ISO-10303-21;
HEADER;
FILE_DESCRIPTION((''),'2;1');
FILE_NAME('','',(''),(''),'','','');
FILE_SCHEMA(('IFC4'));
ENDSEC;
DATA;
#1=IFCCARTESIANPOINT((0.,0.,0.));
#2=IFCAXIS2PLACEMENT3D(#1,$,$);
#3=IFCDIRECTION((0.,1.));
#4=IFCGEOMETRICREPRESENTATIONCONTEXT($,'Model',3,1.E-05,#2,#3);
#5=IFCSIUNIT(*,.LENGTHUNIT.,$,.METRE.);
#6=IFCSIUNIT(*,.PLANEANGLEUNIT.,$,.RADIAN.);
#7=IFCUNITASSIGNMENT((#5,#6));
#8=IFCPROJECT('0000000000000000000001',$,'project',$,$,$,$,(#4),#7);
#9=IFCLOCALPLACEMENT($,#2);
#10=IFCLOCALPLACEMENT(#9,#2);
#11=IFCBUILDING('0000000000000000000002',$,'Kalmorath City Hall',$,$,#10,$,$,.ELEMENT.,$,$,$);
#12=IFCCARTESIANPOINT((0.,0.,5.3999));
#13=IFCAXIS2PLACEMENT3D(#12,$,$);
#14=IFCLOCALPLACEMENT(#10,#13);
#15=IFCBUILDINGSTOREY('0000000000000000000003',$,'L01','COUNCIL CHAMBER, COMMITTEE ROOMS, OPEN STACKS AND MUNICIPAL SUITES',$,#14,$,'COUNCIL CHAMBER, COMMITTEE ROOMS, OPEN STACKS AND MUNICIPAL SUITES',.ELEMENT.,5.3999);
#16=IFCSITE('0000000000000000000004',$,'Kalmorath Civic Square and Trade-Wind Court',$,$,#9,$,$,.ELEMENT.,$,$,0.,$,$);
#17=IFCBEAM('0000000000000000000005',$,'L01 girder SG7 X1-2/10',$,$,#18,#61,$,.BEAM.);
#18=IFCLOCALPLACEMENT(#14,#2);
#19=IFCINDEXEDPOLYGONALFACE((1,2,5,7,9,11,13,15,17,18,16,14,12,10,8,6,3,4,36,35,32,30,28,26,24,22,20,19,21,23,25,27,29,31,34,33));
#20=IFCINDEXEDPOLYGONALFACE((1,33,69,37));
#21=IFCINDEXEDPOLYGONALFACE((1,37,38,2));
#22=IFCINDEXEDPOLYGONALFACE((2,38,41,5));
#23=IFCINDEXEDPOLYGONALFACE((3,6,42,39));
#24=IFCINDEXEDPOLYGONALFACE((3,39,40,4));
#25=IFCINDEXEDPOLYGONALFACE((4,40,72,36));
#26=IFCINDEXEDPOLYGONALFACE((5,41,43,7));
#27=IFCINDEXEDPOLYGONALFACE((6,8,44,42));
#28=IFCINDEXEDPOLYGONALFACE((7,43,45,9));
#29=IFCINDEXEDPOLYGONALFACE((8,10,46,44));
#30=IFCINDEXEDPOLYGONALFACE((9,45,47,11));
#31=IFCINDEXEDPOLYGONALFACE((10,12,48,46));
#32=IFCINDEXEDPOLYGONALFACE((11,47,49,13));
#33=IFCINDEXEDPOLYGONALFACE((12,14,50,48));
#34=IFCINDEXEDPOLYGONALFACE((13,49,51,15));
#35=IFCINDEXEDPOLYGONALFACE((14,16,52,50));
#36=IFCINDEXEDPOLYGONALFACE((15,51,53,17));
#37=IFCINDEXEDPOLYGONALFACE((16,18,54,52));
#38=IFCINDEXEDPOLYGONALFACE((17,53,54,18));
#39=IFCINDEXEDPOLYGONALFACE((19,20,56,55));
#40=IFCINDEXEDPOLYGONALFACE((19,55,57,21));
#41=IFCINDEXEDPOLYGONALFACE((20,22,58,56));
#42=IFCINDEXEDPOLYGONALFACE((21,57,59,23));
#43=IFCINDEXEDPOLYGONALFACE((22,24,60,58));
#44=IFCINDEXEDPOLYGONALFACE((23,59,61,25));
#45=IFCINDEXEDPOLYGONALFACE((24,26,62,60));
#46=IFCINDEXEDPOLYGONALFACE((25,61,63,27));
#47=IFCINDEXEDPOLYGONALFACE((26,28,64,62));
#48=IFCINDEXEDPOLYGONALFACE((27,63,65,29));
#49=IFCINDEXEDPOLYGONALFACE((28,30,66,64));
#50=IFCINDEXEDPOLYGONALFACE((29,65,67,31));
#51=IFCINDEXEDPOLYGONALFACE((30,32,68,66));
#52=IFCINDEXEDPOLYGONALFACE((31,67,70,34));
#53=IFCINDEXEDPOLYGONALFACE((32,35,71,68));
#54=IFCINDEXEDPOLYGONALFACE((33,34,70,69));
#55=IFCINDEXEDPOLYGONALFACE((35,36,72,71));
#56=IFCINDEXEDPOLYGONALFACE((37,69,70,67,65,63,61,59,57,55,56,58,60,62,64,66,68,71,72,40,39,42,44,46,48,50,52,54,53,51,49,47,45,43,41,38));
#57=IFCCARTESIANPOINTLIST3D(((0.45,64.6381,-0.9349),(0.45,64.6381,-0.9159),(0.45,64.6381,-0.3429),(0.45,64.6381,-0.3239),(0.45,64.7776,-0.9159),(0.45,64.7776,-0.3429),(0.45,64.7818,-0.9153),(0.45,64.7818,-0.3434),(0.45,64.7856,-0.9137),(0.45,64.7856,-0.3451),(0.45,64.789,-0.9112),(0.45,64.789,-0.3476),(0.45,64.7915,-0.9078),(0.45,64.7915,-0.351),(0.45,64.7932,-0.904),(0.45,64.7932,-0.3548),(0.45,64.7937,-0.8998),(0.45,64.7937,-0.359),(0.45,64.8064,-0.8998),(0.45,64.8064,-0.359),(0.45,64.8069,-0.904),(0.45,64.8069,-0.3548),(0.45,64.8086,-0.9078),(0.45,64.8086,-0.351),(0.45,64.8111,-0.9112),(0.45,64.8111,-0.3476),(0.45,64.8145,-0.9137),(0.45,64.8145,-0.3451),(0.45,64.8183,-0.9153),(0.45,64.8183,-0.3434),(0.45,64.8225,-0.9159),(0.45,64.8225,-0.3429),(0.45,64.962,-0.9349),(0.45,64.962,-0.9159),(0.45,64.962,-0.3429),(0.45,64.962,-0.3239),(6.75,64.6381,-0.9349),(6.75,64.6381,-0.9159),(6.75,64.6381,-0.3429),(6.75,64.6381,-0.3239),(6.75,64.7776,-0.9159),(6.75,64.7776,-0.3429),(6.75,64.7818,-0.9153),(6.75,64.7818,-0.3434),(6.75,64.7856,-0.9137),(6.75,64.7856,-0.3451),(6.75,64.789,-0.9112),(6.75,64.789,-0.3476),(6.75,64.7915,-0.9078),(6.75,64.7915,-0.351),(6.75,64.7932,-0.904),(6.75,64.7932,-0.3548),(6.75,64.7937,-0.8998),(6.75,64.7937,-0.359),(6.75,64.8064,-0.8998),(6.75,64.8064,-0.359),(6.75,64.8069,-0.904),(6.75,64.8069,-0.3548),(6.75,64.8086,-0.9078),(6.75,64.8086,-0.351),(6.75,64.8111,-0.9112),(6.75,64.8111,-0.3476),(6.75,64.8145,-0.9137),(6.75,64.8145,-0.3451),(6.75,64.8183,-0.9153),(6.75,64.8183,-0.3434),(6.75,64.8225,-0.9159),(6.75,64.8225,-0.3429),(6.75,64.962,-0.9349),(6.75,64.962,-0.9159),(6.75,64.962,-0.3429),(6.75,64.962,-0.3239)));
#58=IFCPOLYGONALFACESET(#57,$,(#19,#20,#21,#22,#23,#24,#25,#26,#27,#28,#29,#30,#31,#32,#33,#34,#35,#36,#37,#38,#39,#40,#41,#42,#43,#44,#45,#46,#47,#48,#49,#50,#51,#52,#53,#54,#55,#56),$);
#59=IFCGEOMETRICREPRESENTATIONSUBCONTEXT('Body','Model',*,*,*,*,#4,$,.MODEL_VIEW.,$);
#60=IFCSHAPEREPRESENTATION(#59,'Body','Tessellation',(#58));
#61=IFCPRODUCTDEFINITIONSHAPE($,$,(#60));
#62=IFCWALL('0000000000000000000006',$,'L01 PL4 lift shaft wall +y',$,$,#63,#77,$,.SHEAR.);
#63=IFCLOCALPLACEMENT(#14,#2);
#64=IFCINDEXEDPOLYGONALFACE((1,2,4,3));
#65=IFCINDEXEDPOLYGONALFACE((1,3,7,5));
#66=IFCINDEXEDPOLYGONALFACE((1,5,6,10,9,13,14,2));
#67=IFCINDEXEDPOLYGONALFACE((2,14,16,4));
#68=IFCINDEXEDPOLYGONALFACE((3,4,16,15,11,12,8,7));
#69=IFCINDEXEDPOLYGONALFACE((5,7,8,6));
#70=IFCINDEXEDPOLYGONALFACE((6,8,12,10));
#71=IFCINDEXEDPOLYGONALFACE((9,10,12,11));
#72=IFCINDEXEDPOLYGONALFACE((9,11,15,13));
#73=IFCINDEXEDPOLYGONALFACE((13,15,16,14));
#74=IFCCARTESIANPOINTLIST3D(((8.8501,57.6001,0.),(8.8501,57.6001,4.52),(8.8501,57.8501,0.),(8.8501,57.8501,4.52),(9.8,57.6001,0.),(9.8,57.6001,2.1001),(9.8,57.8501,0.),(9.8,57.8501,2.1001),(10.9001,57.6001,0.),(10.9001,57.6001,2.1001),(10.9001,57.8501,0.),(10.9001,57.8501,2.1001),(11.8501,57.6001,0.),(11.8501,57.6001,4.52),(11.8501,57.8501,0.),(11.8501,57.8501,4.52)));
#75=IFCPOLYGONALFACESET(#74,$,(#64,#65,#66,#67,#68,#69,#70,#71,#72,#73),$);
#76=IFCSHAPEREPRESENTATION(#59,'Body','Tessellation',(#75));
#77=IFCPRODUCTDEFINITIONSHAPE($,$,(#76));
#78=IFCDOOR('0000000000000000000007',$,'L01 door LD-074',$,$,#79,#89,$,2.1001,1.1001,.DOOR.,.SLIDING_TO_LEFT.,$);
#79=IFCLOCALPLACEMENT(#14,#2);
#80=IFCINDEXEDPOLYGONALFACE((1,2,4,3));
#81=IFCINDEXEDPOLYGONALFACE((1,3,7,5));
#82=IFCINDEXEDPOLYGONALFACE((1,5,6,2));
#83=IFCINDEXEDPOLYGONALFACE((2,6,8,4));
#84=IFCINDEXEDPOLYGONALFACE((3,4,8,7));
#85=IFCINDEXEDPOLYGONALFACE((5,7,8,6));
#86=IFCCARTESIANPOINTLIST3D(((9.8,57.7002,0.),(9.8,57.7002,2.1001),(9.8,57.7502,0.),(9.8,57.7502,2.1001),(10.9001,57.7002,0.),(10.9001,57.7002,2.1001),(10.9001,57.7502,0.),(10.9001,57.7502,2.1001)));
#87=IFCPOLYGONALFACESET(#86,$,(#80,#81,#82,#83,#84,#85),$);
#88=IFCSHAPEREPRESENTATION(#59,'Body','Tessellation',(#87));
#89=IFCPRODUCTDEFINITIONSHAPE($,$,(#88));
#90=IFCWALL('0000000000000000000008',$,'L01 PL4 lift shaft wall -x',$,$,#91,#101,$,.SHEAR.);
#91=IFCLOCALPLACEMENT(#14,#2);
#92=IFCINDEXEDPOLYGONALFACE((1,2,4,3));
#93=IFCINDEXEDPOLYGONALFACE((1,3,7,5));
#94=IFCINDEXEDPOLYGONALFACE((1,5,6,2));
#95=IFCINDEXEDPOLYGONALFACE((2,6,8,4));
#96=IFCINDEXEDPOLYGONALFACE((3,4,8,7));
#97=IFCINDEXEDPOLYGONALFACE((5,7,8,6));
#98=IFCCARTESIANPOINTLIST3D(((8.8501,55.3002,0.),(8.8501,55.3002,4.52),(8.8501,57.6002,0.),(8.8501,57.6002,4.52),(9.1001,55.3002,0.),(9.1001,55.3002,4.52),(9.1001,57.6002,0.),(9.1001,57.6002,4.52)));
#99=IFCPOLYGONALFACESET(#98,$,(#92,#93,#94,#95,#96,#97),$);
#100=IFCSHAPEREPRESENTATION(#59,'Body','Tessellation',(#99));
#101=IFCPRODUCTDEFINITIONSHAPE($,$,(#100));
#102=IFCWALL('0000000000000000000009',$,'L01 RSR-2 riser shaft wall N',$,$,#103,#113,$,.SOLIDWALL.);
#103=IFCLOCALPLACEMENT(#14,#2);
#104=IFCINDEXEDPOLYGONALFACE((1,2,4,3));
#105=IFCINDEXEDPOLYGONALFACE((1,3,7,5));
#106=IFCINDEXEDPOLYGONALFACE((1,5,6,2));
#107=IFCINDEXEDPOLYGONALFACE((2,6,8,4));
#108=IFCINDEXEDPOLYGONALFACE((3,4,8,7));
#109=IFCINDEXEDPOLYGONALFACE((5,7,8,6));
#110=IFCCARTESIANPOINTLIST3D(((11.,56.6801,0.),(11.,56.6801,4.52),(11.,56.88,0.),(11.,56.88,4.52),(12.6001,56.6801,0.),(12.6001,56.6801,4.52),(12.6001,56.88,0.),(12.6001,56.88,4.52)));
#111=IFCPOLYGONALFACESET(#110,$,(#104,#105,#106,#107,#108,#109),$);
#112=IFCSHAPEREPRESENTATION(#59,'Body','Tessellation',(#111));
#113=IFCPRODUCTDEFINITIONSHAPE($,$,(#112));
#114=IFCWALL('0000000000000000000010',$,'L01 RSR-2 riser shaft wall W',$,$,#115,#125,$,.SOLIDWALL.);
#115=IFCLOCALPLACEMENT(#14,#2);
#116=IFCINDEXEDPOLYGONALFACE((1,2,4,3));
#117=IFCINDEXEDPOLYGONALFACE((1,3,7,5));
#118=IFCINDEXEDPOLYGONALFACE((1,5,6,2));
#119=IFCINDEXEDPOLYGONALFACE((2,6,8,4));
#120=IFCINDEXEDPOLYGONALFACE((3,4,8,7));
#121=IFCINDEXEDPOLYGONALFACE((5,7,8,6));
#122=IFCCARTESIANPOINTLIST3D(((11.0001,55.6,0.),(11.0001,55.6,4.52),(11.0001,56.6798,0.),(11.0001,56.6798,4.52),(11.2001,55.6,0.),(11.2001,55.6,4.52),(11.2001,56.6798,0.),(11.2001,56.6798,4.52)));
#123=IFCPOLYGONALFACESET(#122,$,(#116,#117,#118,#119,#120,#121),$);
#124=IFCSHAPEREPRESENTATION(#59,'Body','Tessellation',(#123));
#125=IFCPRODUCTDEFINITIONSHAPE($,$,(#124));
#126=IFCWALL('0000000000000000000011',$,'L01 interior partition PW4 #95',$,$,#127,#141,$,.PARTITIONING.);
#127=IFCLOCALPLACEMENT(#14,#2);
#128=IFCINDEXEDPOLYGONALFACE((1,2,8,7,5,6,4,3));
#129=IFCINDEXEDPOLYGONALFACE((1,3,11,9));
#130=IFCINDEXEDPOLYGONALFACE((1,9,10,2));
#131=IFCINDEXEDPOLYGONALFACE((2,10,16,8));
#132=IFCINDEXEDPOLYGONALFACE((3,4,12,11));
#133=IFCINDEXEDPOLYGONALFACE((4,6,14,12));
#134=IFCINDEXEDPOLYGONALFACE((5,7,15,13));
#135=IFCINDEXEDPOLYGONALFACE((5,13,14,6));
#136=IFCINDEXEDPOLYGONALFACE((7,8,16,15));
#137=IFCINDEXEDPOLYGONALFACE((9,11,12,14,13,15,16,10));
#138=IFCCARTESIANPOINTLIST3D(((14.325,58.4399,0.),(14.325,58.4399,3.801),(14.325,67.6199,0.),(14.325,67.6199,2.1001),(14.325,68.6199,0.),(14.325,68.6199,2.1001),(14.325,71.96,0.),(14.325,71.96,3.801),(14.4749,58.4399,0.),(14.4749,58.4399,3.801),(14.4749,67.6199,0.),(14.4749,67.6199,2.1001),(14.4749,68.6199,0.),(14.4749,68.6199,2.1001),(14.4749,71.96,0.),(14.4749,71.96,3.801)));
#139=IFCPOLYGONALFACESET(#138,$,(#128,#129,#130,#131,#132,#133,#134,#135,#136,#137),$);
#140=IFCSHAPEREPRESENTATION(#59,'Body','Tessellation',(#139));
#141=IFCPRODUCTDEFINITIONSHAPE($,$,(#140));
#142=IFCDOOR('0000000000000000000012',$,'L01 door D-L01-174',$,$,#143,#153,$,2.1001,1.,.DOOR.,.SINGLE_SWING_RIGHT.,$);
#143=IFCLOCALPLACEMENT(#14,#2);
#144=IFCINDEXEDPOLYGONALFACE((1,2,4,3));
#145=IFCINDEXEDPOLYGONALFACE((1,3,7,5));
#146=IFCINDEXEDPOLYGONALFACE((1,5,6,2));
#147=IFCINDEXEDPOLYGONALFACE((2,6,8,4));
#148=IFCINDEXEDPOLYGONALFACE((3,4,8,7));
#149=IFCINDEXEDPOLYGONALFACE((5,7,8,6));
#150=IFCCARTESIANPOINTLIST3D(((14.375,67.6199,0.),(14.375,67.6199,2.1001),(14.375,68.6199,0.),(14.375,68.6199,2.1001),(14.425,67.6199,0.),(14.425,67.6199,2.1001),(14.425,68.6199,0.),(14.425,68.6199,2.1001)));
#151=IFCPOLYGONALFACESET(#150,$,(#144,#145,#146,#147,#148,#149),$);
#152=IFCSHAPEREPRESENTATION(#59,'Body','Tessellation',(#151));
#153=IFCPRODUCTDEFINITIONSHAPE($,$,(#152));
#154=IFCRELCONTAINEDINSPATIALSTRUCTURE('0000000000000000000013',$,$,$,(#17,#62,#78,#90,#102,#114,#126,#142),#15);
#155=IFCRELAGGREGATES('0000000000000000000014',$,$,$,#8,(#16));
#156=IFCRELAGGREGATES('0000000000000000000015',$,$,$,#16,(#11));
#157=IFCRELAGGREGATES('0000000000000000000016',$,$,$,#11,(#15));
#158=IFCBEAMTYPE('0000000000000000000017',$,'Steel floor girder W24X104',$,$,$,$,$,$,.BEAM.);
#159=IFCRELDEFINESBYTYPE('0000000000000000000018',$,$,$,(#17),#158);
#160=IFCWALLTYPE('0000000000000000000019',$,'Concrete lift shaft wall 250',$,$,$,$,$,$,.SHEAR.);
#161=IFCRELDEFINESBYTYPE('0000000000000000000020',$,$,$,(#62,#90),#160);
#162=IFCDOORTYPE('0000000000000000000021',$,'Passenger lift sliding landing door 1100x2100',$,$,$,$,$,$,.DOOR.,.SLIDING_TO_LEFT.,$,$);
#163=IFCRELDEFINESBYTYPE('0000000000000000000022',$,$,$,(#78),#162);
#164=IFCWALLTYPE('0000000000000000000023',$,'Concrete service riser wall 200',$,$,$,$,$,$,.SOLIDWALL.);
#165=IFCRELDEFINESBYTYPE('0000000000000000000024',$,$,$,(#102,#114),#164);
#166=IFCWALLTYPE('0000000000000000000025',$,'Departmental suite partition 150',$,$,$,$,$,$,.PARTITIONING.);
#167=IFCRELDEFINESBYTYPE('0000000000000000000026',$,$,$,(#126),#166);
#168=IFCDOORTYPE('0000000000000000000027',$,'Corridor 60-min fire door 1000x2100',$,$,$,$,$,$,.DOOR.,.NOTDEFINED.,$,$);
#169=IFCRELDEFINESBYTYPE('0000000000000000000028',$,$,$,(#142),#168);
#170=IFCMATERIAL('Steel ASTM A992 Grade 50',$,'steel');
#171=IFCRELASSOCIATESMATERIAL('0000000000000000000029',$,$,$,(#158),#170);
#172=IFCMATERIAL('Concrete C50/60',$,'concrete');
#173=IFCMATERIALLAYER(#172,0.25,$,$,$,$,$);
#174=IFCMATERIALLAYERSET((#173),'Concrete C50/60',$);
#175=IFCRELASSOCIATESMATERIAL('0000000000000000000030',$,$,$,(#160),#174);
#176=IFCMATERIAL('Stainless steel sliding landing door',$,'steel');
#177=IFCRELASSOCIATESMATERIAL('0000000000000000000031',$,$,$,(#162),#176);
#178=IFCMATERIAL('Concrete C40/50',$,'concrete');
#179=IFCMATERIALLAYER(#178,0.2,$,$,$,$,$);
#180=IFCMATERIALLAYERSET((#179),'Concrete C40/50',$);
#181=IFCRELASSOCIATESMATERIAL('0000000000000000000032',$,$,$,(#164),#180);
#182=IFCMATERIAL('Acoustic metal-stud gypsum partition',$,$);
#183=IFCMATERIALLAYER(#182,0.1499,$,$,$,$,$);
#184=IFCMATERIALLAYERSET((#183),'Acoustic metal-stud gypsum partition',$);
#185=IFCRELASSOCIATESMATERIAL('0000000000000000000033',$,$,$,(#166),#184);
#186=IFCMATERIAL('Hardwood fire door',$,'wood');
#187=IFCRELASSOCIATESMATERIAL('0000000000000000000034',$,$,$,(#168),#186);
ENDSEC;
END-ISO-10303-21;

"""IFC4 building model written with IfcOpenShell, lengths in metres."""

from ifc_helpers import new_model, si_unit, direction, frame, frame_2d, origin, origin_2d, place, context, subcontext, project, spatial, rectangle, i_section, extrude, material, layer, layer_set, material_profile, profile_set, type_object, element, fill, save


model = new_model("IFC4")

# Units and contexts
model_context = context("Model", 3, precision=1e-05, world=origin(), true_north=direction((0.0, 1.0)))
body_context = subcontext(model_context, "Body", "Model", "MODEL_VIEW")
ifc_project = project(units=[si_unit("LENGTHUNIT", "METRE"), si_unit("PLANEANGLEUNIT", "RADIAN")], contexts=[model_context])

# Site, building, storey
site_placement = place(None, origin())
site = spatial("IfcSite", under=ifc_project, at=site_placement, Name="Kalmorath Civic Square and Trade-Wind Court", CompositionType="ELEMENT", RefElevation=0.0)
building_placement = place(site_placement, origin())
building = spatial("IfcBuilding", under=site, at=building_placement, Name="Kalmorath City Hall", CompositionType="ELEMENT")
storey_placement = place(building_placement, frame((0.0, 0.0, 5.3999)))
storey = spatial("IfcBuildingStorey", under=building, at=storey_placement, Name="L01", Description="COUNCIL CHAMBER, COMMITTEE ROOMS, OPEN STACKS AND MUNICIPAL SUITES", LongName="COUNCIL CHAMBER, COMMITTEE ROOMS, OPEN STACKS AND MUNICIPAL SUITES", CompositionType="ELEMENT", Elevation=5.3999)

# Beam
ifc_material_1 = material(Name="Steel ASTM A992 Grade 50", Category="steel")
ifc_material_profile_1 = material_profile(ifc_material_1, i_section(OverallWidth=0.324, OverallDepth=0.6111, WebThickness=0.0127, FlangeThickness=0.019, FilletRadius=0.0161, at=origin_2d()), Name="W24X104")
ifc_profile_set_1 = profile_set([ifc_material_profile_1], Name="Steel ASTM A992 Grade 50")
beam_type_1 = type_object("IfcBeamType", Name="Steel floor girder W24X104", PredefinedType="BEAM", material=ifc_profile_set_1)
beam_1_placement = place(storey_placement, frame((0.45, 64.8, -0.6294), z_axis=(1.0, 0.0, 0.0), x_axis=(0.0, 1.0, 0.0)))
element("IfcBeam", 1, at=beam_1_placement, inside=storey, type_object=beam_type_1, Name="L01 girder SG7 X1-2/10", PredefinedType="BEAM", context=body_context, shape_type="SweptSolid", body=[
    extrude(i_section(OverallWidth=0.324, OverallDepth=0.6111, WebThickness=0.0127, FlangeThickness=0.019, FilletRadius=0.0161, at=origin_2d()), origin(), (0.0, 0.0, 1.0), 6.3),
])

# Wall, opening, door
ifc_material_2 = material(Name="Concrete C50/60", Category="concrete")
ifc_layer_1 = layer(ifc_material_2, 0.25)
ifc_layer_set_1 = layer_set([ifc_layer_1], Name="Concrete C50/60")
wall_type_1 = type_object("IfcWallType", Name="Concrete lift shaft wall 250", PredefinedType="SHEAR", material=ifc_layer_set_1)
wall_1_placement = place(storey_placement, frame((11.8501, 57.7251, 0.0), z_axis=(0.0, 0.0, 1.0), x_axis=(-1.0, 0.0, 0.0)))
wall_1 = element("IfcWall", 2, at=wall_1_placement, inside=storey, type_object=wall_type_1, Name="L01 PL4 lift shaft wall +y", PredefinedType="SHEAR", context=body_context, shape_type="SweptSolid", body=[
    extrude(rectangle(XDim=3.0, YDim=0.25, at=frame_2d((1.5, 0.0))), origin(), (0.0, 0.0, 1.0), 4.52),
])
opening_1_placement = place(wall_1_placement, frame((0.95, 0.0, 0.0)))
opening_1 = element("IfcOpeningElement", 3, at=opening_1_placement, cuts=wall_1, PredefinedType="OPENING", context=body_context, shape_type="SweptSolid", body=[
    extrude(rectangle(XDim=1.1001, YDim=2.1001, at=frame_2d((0.55, 1.05))), frame((0.0, 0.135, 0.0), z_axis=(0.0, -1.0, 0.0), x_axis=(1.0, 0.0, 0.0)), (0.0, 0.0, 1.0), 0.27),
])
ifc_material_3 = material(Name="Stainless steel sliding landing door", Category="steel")
door_type_1 = type_object("IfcDoorType", Name="Passenger lift sliding landing door 1100x2100", OperationType="SLIDING_TO_LEFT", PredefinedType="DOOR", material=ifc_material_3)
door_1_placement = place(opening_1_placement, origin())
door_1 = element("IfcDoor", 4, at=door_1_placement, inside=storey, type_object=door_type_1, Name="L01 door LD-074", OperationType="SLIDING_TO_LEFT", OverallHeight=2.1001, OverallWidth=1.1001, PredefinedType="DOOR", context=body_context, shape_type="SweptSolid", body=[
    extrude(rectangle(XDim=1.1001, YDim=2.1001, at=frame_2d((0.55, 1.05))), frame((0.0, 0.0249, 0.0), z_axis=(0.0, -1.0, 0.0), x_axis=(1.0, 0.0, 0.0)), (0.0, 0.0, 1.0), 0.05),
])
fill(opening_1, door_1)

# Walls
wall_2_placement = place(storey_placement, frame((8.9751, 57.6001, 0.0), z_axis=(0.0, 0.0, 1.0), x_axis=(0.0, -1.0, 0.0)))
element("IfcWall", 5, at=wall_2_placement, inside=storey, type_object=wall_type_1, Name="L01 PL4 lift shaft wall -x", PredefinedType="SHEAR", context=body_context, shape_type="SweptSolid", body=[
    extrude(rectangle(XDim=2.3, YDim=0.25, at=frame_2d((1.1499, 0.0))), origin(), (0.0, 0.0, 1.0), 4.52),
])
ifc_material_4 = material(Name="Concrete C40/50", Category="concrete")
ifc_layer_2 = layer(ifc_material_4, 0.2)
ifc_layer_set_2 = layer_set([ifc_layer_2], Name="Concrete C40/50")
wall_type_2 = type_object("IfcWallType", Name="Concrete service riser wall 200", PredefinedType="SOLIDWALL", material=ifc_layer_set_2)
wall_3_placement = place(storey_placement, frame((12.6001, 56.78, 0.0), z_axis=(0.0, 0.0, 1.0), x_axis=(-1.0, 0.0, 0.0)))
element("IfcWall", 6, at=wall_3_placement, inside=storey, type_object=wall_type_2, Name="L01 RSR-2 riser shaft wall N", PredefinedType="SOLIDWALL", context=body_context, shape_type="SweptSolid", body=[
    extrude(rectangle(XDim=1.6001, YDim=0.2, at=frame_2d((0.8, 0.0))), origin(), (0.0, 0.0, 1.0), 4.52),
])
wall_4_placement = place(storey_placement, frame((11.1001, 56.6799, 0.0), z_axis=(0.0, 0.0, 1.0), x_axis=(0.0, -1.0, 0.0)))
element("IfcWall", 7, at=wall_4_placement, inside=storey, type_object=wall_type_2, Name="L01 RSR-2 riser shaft wall W", PredefinedType="SOLIDWALL", context=body_context, shape_type="SweptSolid", body=[
    extrude(rectangle(XDim=1.0798, YDim=0.2, at=frame_2d((0.54, 0.0))), origin(), (0.0, 0.0, 1.0), 4.52),
])

# Wall, opening, door
ifc_material_5 = material(Name="Acoustic metal-stud gypsum partition")
ifc_layer_3 = layer(ifc_material_5, 0.1499)
ifc_layer_set_3 = layer_set([ifc_layer_3], Name="Acoustic metal-stud gypsum partition")
wall_type_3 = type_object("IfcWallType", Name="Departmental suite partition 150", PredefinedType="PARTITIONING", material=ifc_layer_set_3)
wall_5_placement = place(storey_placement, frame((14.3999, 58.4399, 0.0), z_axis=(0.0, 0.0, 1.0), x_axis=(0.0, 1.0, 0.0)))
wall_5 = element("IfcWall", 8, at=wall_5_placement, inside=storey, type_object=wall_type_3, Name="L01 interior partition PW4 #95", PredefinedType="PARTITIONING", context=body_context, shape_type="SweptSolid", body=[
    extrude(rectangle(XDim=13.52, YDim=0.1499, at=frame_2d((6.76, 0.0))), origin(), (0.0, 0.0, 1.0), 3.801),
])
opening_2_placement = place(wall_5_placement, frame((9.1799, 0.0, 0.0)))
opening_2 = element("IfcOpeningElement", 9, at=opening_2_placement, cuts=wall_5, PredefinedType="OPENING", context=body_context, shape_type="SweptSolid", body=[
    extrude(rectangle(XDim=1.0, YDim=2.1001, at=frame_2d((0.5, 1.05))), frame((0.0, 0.085, 0.0), z_axis=(0.0, -1.0, 0.0), x_axis=(1.0, 0.0, 0.0)), (0.0, 0.0, 1.0), 0.1699),
])
ifc_material_6 = material(Name="Hardwood fire door", Category="wood")
door_type_2 = type_object("IfcDoorType", Name="Corridor 60-min fire door 1000x2100", OperationType="NOTDEFINED", PredefinedType="DOOR", material=ifc_material_6)
door_2_placement = place(opening_2_placement, origin())
door_2 = element("IfcDoor", 10, at=door_2_placement, inside=storey, type_object=door_type_2, Name="L01 door D-L01-174", OperationType="SINGLE_SWING_RIGHT", OverallHeight=2.1001, OverallWidth=1.0, PredefinedType="DOOR", context=body_context, shape_type="SweptSolid", body=[
    extrude(rectangle(XDim=1.0, YDim=2.1001, at=frame_2d((0.5, 1.05))), frame((0.0, 0.0249, 0.0), z_axis=(0.0, -1.0, 0.0), x_axis=(1.0, 0.0, 0.0)), (0.0, 0.0, 1.0), 0.05),
])
fill(opening_2, door_2)

save(model, "model.ifc")
